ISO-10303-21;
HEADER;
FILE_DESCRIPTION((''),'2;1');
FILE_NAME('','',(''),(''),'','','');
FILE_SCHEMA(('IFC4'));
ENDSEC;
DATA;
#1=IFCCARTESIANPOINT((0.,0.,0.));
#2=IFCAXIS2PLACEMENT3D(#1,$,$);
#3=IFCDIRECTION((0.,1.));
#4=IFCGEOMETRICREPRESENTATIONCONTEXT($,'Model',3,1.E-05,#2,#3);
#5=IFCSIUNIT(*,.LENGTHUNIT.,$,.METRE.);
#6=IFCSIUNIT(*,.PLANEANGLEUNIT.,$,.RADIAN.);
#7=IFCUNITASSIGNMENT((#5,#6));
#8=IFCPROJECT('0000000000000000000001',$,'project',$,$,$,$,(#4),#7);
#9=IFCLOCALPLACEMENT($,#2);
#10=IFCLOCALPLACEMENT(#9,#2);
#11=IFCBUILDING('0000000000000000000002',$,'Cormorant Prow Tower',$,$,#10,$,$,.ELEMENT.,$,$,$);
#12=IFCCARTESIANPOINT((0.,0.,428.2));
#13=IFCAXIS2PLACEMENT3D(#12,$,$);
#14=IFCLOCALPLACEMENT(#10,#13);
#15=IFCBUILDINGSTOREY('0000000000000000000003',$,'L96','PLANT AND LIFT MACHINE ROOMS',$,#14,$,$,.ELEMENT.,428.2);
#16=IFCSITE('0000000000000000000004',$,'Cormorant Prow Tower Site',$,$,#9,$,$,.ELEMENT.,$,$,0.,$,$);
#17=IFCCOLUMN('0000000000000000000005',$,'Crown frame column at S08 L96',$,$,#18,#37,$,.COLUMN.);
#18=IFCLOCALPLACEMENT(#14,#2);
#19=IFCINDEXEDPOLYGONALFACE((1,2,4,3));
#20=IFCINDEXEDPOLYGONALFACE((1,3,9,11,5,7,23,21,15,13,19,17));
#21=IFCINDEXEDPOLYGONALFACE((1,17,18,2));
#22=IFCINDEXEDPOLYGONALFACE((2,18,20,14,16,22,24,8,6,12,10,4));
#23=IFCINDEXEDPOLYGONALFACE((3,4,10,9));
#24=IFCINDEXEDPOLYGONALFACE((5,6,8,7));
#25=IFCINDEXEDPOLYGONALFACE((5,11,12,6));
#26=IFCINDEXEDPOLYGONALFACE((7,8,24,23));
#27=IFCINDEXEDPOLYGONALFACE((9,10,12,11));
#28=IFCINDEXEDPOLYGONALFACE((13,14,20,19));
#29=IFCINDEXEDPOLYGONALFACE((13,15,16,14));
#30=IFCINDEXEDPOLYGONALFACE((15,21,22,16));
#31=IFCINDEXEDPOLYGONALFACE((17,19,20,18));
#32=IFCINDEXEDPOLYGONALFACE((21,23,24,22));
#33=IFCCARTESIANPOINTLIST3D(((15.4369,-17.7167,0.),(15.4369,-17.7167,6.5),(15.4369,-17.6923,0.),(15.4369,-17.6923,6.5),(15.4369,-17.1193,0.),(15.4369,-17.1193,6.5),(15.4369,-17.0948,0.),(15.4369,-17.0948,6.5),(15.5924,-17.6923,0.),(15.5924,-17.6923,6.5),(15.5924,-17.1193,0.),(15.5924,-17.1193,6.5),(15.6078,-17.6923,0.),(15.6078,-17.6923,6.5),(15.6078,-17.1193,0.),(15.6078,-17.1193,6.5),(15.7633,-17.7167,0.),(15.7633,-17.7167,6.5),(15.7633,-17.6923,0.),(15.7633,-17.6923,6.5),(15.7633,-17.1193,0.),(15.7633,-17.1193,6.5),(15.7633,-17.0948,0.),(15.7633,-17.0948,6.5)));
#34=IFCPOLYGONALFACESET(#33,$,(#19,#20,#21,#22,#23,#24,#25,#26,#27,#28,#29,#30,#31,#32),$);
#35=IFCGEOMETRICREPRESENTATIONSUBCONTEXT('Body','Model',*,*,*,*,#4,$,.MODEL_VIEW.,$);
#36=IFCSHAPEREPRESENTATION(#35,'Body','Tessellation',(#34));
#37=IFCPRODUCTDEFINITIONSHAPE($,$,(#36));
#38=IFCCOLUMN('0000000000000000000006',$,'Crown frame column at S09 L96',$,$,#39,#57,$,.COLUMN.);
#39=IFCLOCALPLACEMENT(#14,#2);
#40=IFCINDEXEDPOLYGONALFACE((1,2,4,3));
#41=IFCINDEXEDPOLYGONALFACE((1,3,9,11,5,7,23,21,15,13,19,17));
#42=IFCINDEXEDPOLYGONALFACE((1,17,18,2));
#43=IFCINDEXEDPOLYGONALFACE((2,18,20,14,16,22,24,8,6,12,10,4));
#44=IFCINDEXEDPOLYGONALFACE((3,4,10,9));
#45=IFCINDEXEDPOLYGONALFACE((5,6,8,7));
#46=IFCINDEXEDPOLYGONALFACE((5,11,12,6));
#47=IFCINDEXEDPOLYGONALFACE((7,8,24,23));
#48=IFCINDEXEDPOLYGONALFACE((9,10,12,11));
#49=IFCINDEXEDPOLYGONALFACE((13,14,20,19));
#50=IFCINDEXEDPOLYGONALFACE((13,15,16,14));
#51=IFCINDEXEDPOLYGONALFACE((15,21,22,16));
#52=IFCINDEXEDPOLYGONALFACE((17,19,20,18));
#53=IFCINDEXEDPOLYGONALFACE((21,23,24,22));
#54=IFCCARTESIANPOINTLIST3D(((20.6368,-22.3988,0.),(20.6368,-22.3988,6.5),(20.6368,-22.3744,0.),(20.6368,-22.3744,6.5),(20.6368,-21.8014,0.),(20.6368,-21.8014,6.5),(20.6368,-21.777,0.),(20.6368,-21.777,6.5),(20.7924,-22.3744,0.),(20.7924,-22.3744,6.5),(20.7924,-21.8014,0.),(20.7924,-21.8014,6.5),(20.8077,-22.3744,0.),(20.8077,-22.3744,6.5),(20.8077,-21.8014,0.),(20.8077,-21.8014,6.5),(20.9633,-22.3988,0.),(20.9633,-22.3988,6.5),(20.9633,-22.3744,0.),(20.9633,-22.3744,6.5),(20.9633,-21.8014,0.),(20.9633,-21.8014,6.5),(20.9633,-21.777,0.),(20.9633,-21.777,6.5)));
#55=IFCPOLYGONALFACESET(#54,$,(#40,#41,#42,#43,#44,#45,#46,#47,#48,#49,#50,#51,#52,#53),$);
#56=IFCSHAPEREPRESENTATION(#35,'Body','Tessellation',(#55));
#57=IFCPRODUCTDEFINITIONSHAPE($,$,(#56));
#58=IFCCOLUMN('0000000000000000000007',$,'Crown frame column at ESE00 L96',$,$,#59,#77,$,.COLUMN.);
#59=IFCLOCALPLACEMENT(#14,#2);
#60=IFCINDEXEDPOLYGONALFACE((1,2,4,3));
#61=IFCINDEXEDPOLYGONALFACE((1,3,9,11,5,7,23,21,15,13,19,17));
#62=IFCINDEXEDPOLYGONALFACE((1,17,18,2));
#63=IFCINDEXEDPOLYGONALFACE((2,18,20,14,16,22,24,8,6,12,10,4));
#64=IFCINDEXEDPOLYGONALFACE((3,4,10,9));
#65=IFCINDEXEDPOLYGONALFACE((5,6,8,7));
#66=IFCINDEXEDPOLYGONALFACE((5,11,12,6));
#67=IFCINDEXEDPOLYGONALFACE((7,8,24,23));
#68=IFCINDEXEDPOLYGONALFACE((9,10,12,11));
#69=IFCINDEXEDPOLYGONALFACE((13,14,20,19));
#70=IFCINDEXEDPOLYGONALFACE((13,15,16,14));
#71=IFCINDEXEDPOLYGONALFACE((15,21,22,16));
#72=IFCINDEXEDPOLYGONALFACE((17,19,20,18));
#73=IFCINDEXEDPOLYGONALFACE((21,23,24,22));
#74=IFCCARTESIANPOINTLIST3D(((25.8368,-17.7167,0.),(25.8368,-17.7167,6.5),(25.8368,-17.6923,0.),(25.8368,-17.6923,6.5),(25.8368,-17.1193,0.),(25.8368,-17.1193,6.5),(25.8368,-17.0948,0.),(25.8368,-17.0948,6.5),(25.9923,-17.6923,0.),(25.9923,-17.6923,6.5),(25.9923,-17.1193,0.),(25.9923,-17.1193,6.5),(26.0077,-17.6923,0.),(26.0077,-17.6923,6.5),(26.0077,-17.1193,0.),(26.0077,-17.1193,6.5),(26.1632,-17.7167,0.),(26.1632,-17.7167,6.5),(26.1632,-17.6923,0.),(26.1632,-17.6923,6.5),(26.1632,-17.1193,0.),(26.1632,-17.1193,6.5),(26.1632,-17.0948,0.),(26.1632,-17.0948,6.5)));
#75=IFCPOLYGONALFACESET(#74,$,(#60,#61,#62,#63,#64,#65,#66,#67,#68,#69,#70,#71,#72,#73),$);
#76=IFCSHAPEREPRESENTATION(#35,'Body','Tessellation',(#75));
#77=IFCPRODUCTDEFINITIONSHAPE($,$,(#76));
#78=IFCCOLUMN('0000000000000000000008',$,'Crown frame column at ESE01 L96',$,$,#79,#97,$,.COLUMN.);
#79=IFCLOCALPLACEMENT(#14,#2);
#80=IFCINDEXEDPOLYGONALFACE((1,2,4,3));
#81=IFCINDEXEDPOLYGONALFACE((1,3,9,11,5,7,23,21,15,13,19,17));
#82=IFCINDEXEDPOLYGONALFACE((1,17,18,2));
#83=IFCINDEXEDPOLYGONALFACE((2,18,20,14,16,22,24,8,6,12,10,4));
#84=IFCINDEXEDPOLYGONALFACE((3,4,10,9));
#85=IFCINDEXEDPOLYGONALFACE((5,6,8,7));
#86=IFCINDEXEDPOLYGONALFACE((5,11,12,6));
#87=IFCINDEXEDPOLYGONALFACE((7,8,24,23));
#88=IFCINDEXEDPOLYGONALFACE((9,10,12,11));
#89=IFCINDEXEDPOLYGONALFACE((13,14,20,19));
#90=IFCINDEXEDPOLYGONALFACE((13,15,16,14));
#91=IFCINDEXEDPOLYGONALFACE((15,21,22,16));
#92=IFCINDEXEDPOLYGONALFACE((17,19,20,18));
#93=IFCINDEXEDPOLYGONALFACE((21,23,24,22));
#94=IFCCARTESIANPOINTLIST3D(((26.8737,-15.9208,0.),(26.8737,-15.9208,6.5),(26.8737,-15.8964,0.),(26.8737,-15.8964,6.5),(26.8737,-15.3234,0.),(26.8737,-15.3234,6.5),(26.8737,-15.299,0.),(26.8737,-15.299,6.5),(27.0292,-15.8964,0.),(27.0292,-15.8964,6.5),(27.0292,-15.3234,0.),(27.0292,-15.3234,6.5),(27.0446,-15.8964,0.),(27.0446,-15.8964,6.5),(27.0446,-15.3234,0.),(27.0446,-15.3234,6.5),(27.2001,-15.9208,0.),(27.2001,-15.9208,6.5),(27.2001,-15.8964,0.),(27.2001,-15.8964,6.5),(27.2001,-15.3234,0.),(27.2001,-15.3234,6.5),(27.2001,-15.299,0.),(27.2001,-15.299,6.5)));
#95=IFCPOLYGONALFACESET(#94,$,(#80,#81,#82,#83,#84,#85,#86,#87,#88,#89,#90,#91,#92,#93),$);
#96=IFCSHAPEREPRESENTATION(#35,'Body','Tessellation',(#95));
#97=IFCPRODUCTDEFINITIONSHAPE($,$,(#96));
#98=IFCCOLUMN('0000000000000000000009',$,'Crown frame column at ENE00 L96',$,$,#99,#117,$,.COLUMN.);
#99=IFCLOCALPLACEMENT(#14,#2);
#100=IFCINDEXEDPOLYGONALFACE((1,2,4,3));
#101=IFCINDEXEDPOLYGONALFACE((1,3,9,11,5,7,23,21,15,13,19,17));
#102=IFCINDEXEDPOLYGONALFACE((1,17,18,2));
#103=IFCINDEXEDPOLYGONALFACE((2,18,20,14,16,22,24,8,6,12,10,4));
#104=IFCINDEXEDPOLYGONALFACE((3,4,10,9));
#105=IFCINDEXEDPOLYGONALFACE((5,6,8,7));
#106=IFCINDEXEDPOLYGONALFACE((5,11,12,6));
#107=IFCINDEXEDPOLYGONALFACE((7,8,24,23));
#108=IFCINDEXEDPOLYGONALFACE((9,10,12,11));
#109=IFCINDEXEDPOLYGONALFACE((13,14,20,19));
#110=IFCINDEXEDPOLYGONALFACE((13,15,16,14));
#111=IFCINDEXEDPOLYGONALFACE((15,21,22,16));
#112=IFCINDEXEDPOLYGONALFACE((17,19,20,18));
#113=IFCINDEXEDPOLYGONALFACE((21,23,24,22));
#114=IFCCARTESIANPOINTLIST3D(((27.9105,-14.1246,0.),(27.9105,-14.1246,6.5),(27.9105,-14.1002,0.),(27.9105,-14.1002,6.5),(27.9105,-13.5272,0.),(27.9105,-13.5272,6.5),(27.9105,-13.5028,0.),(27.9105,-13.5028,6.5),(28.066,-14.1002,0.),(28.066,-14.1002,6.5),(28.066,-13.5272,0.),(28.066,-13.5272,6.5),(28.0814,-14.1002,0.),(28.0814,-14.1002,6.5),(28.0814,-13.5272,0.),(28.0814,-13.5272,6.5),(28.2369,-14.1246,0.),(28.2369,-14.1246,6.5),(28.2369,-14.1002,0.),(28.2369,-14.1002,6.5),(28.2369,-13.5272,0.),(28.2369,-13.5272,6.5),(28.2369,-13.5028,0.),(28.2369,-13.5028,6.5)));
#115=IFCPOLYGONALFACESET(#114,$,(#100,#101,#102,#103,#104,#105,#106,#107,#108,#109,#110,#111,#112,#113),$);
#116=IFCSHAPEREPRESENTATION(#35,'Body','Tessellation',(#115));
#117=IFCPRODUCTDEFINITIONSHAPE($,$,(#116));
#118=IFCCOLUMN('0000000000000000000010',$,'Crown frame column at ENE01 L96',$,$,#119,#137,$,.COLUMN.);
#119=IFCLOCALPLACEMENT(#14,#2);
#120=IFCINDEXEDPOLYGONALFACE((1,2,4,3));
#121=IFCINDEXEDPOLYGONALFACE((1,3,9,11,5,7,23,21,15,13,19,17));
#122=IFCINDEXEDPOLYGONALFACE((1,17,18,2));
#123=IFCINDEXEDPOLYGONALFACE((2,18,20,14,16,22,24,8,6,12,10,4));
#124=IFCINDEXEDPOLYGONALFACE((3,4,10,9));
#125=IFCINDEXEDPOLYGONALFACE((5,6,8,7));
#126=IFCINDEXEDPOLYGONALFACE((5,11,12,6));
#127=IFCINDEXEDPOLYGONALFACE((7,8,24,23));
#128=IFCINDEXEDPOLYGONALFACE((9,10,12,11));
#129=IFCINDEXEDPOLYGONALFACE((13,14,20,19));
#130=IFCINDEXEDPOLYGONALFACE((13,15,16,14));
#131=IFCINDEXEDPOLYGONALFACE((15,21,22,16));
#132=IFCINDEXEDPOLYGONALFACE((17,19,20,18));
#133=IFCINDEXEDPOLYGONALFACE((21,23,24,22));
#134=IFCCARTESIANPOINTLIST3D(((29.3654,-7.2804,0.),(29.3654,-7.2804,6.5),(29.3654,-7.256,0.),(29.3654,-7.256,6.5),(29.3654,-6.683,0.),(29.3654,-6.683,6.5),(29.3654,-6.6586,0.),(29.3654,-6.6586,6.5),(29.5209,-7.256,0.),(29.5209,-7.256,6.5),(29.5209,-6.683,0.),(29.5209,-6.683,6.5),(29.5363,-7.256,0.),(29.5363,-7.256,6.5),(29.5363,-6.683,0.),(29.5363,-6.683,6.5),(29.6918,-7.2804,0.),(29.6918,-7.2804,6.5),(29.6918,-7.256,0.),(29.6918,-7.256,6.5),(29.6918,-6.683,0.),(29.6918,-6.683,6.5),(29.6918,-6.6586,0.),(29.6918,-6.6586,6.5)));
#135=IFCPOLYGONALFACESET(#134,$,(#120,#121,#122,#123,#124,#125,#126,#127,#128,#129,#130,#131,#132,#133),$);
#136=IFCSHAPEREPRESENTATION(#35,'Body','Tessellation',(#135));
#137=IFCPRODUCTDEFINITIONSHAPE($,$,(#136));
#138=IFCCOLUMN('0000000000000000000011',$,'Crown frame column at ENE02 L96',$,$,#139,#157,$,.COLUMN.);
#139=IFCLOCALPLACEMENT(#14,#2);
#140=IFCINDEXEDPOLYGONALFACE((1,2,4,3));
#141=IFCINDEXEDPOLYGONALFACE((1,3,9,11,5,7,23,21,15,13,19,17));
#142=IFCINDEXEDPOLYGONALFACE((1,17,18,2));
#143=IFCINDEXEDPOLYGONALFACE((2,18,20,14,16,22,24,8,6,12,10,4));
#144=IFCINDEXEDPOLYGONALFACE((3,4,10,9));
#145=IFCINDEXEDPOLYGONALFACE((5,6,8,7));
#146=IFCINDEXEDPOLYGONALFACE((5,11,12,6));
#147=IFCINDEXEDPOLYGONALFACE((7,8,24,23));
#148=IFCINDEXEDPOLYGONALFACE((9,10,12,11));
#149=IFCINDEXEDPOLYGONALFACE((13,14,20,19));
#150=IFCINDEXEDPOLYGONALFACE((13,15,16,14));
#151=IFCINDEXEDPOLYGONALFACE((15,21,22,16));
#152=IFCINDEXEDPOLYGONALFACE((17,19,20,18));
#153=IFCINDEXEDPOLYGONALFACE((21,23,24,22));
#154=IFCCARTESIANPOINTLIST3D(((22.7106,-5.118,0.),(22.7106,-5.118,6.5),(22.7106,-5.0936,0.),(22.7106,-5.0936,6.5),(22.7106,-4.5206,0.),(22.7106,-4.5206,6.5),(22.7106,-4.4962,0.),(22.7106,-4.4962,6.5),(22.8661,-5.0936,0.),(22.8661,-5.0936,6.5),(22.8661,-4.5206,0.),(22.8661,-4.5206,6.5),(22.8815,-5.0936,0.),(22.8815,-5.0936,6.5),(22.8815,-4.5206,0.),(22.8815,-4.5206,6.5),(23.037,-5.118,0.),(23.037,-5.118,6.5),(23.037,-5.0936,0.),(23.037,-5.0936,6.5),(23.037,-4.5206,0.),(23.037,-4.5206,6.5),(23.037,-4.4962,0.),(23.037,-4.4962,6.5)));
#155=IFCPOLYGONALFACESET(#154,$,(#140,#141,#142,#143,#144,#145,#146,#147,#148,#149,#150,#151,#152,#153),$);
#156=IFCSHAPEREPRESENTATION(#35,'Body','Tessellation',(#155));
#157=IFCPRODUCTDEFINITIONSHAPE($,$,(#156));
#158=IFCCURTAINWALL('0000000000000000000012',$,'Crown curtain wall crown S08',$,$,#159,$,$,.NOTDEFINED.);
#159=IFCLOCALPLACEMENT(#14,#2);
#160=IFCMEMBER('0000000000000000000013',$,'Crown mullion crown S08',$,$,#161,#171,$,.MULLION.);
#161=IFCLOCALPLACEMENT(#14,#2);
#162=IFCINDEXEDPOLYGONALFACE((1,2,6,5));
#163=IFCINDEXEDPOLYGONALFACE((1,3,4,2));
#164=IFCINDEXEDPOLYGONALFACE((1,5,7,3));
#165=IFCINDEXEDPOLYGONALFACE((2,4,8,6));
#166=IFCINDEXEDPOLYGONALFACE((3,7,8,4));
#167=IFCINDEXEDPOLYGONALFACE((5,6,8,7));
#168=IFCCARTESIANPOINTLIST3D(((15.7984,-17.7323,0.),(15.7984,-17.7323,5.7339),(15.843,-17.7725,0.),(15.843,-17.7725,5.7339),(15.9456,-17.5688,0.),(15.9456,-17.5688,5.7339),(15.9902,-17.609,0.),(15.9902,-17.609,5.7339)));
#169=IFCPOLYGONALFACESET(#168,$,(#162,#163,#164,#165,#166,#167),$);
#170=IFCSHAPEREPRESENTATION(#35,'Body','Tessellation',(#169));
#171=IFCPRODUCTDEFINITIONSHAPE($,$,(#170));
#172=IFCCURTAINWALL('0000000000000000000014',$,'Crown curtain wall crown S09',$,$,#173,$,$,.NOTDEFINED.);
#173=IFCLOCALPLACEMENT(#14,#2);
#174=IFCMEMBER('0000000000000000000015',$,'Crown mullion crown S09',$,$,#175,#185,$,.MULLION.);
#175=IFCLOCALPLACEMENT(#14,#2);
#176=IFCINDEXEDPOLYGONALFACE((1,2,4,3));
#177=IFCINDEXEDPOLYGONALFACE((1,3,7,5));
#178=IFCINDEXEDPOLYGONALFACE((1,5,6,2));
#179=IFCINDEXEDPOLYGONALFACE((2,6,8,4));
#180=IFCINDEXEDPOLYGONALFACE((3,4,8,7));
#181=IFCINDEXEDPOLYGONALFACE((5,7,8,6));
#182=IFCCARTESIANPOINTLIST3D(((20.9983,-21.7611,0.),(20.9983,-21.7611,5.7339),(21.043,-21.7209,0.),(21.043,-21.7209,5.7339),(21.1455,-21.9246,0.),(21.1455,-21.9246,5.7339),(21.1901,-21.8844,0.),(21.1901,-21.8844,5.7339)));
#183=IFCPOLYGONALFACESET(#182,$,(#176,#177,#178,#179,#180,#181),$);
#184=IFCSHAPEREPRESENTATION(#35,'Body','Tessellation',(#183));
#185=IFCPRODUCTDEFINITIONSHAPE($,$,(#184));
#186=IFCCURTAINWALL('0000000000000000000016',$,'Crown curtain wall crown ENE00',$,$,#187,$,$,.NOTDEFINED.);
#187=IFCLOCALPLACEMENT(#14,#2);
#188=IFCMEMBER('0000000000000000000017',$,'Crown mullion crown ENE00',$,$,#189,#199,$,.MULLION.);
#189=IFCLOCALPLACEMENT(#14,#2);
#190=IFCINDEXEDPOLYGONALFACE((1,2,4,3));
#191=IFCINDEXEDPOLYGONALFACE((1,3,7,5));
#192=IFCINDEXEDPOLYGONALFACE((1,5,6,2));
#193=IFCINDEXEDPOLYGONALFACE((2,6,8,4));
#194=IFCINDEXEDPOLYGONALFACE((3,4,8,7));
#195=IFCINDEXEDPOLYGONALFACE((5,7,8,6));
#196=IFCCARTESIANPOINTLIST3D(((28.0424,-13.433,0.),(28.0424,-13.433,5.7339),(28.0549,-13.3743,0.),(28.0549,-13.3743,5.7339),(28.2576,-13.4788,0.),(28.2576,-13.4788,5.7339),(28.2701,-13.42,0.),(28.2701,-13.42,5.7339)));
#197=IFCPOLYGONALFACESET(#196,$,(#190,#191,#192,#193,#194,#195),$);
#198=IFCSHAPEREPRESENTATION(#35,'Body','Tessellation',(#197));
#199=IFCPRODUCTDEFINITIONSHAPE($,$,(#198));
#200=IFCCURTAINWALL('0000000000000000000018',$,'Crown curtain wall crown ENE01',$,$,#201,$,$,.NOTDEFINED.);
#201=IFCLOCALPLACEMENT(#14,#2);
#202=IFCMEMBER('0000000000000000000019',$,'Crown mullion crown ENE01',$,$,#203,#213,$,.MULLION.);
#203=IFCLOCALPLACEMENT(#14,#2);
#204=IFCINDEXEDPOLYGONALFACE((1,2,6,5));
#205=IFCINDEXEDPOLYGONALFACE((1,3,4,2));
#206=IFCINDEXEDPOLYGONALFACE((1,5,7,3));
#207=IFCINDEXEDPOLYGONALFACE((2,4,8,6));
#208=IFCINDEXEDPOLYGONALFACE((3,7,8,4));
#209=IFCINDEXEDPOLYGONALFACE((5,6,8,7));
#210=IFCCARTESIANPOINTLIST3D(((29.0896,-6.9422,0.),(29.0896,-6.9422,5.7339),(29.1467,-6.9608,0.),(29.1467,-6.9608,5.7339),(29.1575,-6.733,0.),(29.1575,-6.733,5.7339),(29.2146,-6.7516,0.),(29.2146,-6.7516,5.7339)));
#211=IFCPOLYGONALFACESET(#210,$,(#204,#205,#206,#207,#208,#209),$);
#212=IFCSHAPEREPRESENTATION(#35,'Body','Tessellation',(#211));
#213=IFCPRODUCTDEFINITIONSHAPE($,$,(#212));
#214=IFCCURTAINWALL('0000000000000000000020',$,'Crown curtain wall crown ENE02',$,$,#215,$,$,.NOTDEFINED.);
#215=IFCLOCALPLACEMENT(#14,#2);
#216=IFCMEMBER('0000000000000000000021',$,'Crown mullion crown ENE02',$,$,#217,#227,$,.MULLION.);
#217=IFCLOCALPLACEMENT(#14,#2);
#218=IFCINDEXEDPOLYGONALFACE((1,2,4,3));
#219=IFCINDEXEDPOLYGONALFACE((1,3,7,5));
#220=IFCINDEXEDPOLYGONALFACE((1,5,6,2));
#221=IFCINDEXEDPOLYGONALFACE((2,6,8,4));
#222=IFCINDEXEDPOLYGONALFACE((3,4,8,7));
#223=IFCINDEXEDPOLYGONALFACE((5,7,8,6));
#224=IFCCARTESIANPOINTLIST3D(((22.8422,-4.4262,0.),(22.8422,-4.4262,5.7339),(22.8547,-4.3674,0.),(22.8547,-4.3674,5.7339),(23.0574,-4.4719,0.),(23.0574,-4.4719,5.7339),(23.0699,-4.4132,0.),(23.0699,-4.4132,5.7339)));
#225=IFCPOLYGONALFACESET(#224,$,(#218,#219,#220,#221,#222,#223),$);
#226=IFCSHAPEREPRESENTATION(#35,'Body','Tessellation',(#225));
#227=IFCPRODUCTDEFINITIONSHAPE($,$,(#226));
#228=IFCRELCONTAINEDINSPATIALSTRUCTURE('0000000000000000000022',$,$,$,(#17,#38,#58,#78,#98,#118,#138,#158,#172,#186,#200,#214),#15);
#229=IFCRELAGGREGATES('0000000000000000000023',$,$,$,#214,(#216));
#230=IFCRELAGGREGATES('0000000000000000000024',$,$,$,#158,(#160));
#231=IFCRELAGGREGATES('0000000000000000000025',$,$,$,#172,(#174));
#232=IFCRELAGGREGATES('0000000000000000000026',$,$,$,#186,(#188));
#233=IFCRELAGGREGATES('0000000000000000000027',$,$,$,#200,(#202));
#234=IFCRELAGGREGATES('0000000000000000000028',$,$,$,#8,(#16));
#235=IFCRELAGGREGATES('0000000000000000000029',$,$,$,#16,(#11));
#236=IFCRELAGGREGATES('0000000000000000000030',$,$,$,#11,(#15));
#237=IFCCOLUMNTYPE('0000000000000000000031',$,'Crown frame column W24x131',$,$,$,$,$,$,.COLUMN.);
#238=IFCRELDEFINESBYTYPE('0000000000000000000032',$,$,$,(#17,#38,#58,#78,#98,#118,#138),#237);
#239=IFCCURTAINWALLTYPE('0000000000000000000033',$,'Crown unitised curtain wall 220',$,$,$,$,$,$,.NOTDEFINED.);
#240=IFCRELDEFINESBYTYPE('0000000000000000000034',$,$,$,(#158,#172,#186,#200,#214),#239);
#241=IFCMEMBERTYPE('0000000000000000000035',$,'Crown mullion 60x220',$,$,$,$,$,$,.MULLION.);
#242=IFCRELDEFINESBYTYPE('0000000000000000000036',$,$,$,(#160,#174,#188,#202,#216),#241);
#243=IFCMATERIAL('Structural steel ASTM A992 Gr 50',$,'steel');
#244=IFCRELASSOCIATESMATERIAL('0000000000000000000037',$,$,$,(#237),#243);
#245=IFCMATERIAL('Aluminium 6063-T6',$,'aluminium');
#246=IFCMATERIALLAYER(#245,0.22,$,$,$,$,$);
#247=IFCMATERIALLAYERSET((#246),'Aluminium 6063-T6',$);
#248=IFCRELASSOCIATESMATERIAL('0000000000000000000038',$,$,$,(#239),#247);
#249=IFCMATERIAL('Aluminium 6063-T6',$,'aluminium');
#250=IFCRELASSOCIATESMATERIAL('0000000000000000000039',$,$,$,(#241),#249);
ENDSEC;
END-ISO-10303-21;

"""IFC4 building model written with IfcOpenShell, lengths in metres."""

from ifc_helpers import new_model, si_unit, direction, frame, origin, origin_2d, place, context, subcontext, project, spatial, rectangle, i_section, extrude, material, layer, layer_set, material_profile, profile_set, type_object, element, aggregate, save


model = new_model("IFC4")

# Units and contexts
model_context = context("Model", 3, precision=1e-05, world=origin(), true_north=direction((0.0, 1.0)))
body_context = subcontext(model_context, "Body", "Model", "MODEL_VIEW")
ifc_project = project(units=[si_unit("LENGTHUNIT", "METRE"), si_unit("PLANEANGLEUNIT", "RADIAN")], contexts=[model_context])

# Site, building, storey
site_placement = place(None, origin())
site = spatial("IfcSite", under=ifc_project, at=site_placement, Name="Cormorant Prow Tower Site", CompositionType="ELEMENT", RefElevation=0.0)
building_placement = place(site_placement, origin())
building = spatial("IfcBuilding", under=site, at=building_placement, Name="Cormorant Prow Tower", CompositionType="ELEMENT")
storey_placement = place(building_placement, frame((0.0, 0.0, 428.2)))
storey = spatial("IfcBuildingStorey", under=building, at=storey_placement, Name="L96", Description="PLANT AND LIFT MACHINE ROOMS", CompositionType="ELEMENT", Elevation=428.2)

# Columns
ifc_material_1 = material(Name="Structural steel ASTM A992 Gr 50", Category="steel")
ifc_material_profile_1 = material_profile(ifc_material_1, i_section(OverallWidth=0.3264, OverallDepth=0.6218, WebThickness=0.0154, FlangeThickness=0.0244, at=origin_2d()), Name="W24x131")
ifc_profile_set_1 = profile_set([ifc_material_profile_1], Name="Structural steel ASTM A992 Gr 50")
column_type = type_object("IfcColumnType", Name="Crown frame column W24x131", PredefinedType="COLUMN", material=ifc_profile_set_1)
for number, where, z_axis, x_axis, name in (
    (1, (15.6001, -17.4058, 0.0), (0.0, 0.0, 1.0), (1.0, 0.0, 0.0), "Crown frame column at S08 L96"),
    (2, (20.8, -22.0879, 0.0), (0.0, 0.0, 1.0), (1.0, 0.0, 0.0), "Crown frame column at S09 L96"),
    (3, (26.0, -17.4058, 0.0), (0.0, 0.0, 1.0), (1.0, 0.0, 0.0), "Crown frame column at ESE00 L96"),
    (4, (27.0369, -15.6099, 0.0), (0.0, 0.0, 1.0), (1.0, 0.0, 0.0), "Crown frame column at ESE01 L96"),
    (5, (28.0737, -13.8137, 0.0), (0.0, 0.0, 1.0), (1.0, 0.0, 0.0), "Crown frame column at ENE00 L96"),
    (6, (29.5286, -6.9695, 0.0), (0.0, 0.0, 1.0), (1.0, 0.0, 0.0), "Crown frame column at ENE01 L96"),
    (7, (22.8738, -4.8071, 0.0), (0.0, 0.0, 1.0), (1.0, 0.0, 0.0), "Crown frame column at ENE02 L96"),
):
    element("IfcColumn", number, at=place(storey_placement, frame(where, z_axis=z_axis, x_axis=x_axis)), inside=storey, type_object=column_type, Name=name, PredefinedType="COLUMN", context=body_context, shape_type="SweptSolid", body=[
        extrude(i_section(OverallWidth=0.3264, OverallDepth=0.6218, WebThickness=0.0154, FlangeThickness=0.0244, at=origin_2d()), origin(), (0.0, 0.0, 1.0), 6.5),
    ])

# Curtain walls, members
ifc_material_2 = material(Name="Aluminium 6063-T6", Category="aluminium")
ifc_layer_1 = layer(ifc_material_2, 0.22)
ifc_layer_set_1 = layer_set([ifc_layer_1], Name="Aluminium 6063-T6")
curtain_wall_type = type_object("IfcCurtainWallType", Name="Crown unitised curtain wall 220", PredefinedType="NOTDEFINED", material=ifc_layer_set_1)
curtain_wall_1_placement = place(storey_placement, origin())
curtain_wall_1 = element("IfcCurtainWall", 8, at=curtain_wall_1_placement, inside=storey, type_object=curtain_wall_type, Name="Crown curtain wall crown S08", PredefinedType="NOTDEFINED")
ifc_material_3 = material(Name="Aluminium 6063-T6", Category="aluminium")
ifc_material_profile_2 = material_profile(ifc_material_3, rectangle(XDim=0.22, YDim=0.0601, at=origin_2d()), Name="Crown mullion 60x220")
ifc_profile_set_2 = profile_set([ifc_material_profile_2], Name="Aluminium 6063-T6")
member_type_1 = type_object("IfcMemberType", Name="Crown mullion 60x220", PredefinedType="MULLION", material=ifc_profile_set_2)
member_1_placement = place(storey_placement, frame((15.8943, -17.6707, 0.0), z_axis=(0.0, 0.0, 1.0), x_axis=(0.669131, 0.743145, 0.0)))
member_1 = element("IfcMember", 9, at=member_1_placement, type_object=member_type_1, Name="Crown mullion crown S08", PredefinedType="MULLION", context=body_context, shape_type="SweptSolid", body=[
    extrude(rectangle(XDim=0.22, YDim=0.0601, at=origin_2d()), origin(), (0.0, 0.0, 1.0), 5.7339),
])
curtain_wall_2_placement = place(storey_placement, origin())
curtain_wall_2 = element("IfcCurtainWall", 10, at=curtain_wall_2_placement, inside=storey, type_object=curtain_wall_type, Name="Crown curtain wall crown S09", PredefinedType="NOTDEFINED")
member_2_placement = place(storey_placement, frame((21.0942, -21.8228, 0.0), z_axis=(0.0, 0.0, 1.0), x_axis=(-0.669131, 0.743145, 0.0)))
member_2 = element("IfcMember", 11, at=member_2_placement, type_object=member_type_1, Name="Crown mullion crown S09", PredefinedType="MULLION", context=body_context, shape_type="SweptSolid", body=[
    extrude(rectangle(XDim=0.22, YDim=0.0601, at=origin_2d()), origin(), (0.0, 0.0, 1.0), 5.7339),
])
curtain_wall_3_placement = place(storey_placement, origin())
curtain_wall_3 = element("IfcCurtainWall", 12, at=curtain_wall_3_placement, inside=storey, type_object=curtain_wall_type, Name="Crown curtain wall crown ENE00", PredefinedType="NOTDEFINED")
member_3_placement = place(storey_placement, frame((28.1562, -13.4265, 0.0), z_axis=(0.0, 0.0, 1.0), x_axis=(-0.978148, 0.207912, 0.0)))
member_3 = element("IfcMember", 13, at=member_3_placement, type_object=member_type_1, Name="Crown mullion crown ENE00", PredefinedType="MULLION", context=body_context, shape_type="SweptSolid", body=[
    extrude(rectangle(XDim=0.22, YDim=0.0601, at=origin_2d()), origin(), (0.0, 0.0, 1.0), 5.7339),
])
curtain_wall_4_placement = place(storey_placement, origin())
curtain_wall_4 = element("IfcCurtainWall", 14, at=curtain_wall_4_placement, inside=storey, type_object=curtain_wall_type, Name="Crown curtain wall crown ENE01", PredefinedType="NOTDEFINED")
member_4_placement = place(storey_placement, frame((29.1521, -6.8469, 0.0), z_axis=(0.0, 0.0, 1.0), x_axis=(-0.309017, -0.951057, 0.0)))
member_4 = element("IfcMember", 15, at=member_4_placement, type_object=member_type_1, Name="Crown mullion crown ENE01", PredefinedType="MULLION", context=body_context, shape_type="SweptSolid", body=[
    extrude(rectangle(XDim=0.22, YDim=0.0601, at=origin_2d()), origin(), (0.0, 0.0, 1.0), 5.7339),
])
curtain_wall_5_placement = place(storey_placement, origin())
curtain_wall_5 = element("IfcCurtainWall", 16, at=curtain_wall_5_placement, inside=storey, type_object=curtain_wall_type, Name="Crown curtain wall crown ENE02", PredefinedType="NOTDEFINED")
member_5_placement = place(storey_placement, frame((22.9561, -4.4197, 0.0), z_axis=(0.0, 0.0, 1.0), x_axis=(-0.978148, 0.207912, 0.0)))
member_5 = element("IfcMember", 17, at=member_5_placement, type_object=member_type_1, Name="Crown mullion crown ENE02", PredefinedType="MULLION", context=body_context, shape_type="SweptSolid", body=[
    extrude(rectangle(XDim=0.22, YDim=0.0601, at=origin_2d()), origin(), (0.0, 0.0, 1.0), 5.7339),
])

aggregate(curtain_wall_5, [member_5])

aggregate(curtain_wall_1, [member_1])
aggregate(curtain_wall_2, [member_2])
aggregate(curtain_wall_3, [member_3])
aggregate(curtain_wall_4, [member_4])

save(model, "model.ifc")
